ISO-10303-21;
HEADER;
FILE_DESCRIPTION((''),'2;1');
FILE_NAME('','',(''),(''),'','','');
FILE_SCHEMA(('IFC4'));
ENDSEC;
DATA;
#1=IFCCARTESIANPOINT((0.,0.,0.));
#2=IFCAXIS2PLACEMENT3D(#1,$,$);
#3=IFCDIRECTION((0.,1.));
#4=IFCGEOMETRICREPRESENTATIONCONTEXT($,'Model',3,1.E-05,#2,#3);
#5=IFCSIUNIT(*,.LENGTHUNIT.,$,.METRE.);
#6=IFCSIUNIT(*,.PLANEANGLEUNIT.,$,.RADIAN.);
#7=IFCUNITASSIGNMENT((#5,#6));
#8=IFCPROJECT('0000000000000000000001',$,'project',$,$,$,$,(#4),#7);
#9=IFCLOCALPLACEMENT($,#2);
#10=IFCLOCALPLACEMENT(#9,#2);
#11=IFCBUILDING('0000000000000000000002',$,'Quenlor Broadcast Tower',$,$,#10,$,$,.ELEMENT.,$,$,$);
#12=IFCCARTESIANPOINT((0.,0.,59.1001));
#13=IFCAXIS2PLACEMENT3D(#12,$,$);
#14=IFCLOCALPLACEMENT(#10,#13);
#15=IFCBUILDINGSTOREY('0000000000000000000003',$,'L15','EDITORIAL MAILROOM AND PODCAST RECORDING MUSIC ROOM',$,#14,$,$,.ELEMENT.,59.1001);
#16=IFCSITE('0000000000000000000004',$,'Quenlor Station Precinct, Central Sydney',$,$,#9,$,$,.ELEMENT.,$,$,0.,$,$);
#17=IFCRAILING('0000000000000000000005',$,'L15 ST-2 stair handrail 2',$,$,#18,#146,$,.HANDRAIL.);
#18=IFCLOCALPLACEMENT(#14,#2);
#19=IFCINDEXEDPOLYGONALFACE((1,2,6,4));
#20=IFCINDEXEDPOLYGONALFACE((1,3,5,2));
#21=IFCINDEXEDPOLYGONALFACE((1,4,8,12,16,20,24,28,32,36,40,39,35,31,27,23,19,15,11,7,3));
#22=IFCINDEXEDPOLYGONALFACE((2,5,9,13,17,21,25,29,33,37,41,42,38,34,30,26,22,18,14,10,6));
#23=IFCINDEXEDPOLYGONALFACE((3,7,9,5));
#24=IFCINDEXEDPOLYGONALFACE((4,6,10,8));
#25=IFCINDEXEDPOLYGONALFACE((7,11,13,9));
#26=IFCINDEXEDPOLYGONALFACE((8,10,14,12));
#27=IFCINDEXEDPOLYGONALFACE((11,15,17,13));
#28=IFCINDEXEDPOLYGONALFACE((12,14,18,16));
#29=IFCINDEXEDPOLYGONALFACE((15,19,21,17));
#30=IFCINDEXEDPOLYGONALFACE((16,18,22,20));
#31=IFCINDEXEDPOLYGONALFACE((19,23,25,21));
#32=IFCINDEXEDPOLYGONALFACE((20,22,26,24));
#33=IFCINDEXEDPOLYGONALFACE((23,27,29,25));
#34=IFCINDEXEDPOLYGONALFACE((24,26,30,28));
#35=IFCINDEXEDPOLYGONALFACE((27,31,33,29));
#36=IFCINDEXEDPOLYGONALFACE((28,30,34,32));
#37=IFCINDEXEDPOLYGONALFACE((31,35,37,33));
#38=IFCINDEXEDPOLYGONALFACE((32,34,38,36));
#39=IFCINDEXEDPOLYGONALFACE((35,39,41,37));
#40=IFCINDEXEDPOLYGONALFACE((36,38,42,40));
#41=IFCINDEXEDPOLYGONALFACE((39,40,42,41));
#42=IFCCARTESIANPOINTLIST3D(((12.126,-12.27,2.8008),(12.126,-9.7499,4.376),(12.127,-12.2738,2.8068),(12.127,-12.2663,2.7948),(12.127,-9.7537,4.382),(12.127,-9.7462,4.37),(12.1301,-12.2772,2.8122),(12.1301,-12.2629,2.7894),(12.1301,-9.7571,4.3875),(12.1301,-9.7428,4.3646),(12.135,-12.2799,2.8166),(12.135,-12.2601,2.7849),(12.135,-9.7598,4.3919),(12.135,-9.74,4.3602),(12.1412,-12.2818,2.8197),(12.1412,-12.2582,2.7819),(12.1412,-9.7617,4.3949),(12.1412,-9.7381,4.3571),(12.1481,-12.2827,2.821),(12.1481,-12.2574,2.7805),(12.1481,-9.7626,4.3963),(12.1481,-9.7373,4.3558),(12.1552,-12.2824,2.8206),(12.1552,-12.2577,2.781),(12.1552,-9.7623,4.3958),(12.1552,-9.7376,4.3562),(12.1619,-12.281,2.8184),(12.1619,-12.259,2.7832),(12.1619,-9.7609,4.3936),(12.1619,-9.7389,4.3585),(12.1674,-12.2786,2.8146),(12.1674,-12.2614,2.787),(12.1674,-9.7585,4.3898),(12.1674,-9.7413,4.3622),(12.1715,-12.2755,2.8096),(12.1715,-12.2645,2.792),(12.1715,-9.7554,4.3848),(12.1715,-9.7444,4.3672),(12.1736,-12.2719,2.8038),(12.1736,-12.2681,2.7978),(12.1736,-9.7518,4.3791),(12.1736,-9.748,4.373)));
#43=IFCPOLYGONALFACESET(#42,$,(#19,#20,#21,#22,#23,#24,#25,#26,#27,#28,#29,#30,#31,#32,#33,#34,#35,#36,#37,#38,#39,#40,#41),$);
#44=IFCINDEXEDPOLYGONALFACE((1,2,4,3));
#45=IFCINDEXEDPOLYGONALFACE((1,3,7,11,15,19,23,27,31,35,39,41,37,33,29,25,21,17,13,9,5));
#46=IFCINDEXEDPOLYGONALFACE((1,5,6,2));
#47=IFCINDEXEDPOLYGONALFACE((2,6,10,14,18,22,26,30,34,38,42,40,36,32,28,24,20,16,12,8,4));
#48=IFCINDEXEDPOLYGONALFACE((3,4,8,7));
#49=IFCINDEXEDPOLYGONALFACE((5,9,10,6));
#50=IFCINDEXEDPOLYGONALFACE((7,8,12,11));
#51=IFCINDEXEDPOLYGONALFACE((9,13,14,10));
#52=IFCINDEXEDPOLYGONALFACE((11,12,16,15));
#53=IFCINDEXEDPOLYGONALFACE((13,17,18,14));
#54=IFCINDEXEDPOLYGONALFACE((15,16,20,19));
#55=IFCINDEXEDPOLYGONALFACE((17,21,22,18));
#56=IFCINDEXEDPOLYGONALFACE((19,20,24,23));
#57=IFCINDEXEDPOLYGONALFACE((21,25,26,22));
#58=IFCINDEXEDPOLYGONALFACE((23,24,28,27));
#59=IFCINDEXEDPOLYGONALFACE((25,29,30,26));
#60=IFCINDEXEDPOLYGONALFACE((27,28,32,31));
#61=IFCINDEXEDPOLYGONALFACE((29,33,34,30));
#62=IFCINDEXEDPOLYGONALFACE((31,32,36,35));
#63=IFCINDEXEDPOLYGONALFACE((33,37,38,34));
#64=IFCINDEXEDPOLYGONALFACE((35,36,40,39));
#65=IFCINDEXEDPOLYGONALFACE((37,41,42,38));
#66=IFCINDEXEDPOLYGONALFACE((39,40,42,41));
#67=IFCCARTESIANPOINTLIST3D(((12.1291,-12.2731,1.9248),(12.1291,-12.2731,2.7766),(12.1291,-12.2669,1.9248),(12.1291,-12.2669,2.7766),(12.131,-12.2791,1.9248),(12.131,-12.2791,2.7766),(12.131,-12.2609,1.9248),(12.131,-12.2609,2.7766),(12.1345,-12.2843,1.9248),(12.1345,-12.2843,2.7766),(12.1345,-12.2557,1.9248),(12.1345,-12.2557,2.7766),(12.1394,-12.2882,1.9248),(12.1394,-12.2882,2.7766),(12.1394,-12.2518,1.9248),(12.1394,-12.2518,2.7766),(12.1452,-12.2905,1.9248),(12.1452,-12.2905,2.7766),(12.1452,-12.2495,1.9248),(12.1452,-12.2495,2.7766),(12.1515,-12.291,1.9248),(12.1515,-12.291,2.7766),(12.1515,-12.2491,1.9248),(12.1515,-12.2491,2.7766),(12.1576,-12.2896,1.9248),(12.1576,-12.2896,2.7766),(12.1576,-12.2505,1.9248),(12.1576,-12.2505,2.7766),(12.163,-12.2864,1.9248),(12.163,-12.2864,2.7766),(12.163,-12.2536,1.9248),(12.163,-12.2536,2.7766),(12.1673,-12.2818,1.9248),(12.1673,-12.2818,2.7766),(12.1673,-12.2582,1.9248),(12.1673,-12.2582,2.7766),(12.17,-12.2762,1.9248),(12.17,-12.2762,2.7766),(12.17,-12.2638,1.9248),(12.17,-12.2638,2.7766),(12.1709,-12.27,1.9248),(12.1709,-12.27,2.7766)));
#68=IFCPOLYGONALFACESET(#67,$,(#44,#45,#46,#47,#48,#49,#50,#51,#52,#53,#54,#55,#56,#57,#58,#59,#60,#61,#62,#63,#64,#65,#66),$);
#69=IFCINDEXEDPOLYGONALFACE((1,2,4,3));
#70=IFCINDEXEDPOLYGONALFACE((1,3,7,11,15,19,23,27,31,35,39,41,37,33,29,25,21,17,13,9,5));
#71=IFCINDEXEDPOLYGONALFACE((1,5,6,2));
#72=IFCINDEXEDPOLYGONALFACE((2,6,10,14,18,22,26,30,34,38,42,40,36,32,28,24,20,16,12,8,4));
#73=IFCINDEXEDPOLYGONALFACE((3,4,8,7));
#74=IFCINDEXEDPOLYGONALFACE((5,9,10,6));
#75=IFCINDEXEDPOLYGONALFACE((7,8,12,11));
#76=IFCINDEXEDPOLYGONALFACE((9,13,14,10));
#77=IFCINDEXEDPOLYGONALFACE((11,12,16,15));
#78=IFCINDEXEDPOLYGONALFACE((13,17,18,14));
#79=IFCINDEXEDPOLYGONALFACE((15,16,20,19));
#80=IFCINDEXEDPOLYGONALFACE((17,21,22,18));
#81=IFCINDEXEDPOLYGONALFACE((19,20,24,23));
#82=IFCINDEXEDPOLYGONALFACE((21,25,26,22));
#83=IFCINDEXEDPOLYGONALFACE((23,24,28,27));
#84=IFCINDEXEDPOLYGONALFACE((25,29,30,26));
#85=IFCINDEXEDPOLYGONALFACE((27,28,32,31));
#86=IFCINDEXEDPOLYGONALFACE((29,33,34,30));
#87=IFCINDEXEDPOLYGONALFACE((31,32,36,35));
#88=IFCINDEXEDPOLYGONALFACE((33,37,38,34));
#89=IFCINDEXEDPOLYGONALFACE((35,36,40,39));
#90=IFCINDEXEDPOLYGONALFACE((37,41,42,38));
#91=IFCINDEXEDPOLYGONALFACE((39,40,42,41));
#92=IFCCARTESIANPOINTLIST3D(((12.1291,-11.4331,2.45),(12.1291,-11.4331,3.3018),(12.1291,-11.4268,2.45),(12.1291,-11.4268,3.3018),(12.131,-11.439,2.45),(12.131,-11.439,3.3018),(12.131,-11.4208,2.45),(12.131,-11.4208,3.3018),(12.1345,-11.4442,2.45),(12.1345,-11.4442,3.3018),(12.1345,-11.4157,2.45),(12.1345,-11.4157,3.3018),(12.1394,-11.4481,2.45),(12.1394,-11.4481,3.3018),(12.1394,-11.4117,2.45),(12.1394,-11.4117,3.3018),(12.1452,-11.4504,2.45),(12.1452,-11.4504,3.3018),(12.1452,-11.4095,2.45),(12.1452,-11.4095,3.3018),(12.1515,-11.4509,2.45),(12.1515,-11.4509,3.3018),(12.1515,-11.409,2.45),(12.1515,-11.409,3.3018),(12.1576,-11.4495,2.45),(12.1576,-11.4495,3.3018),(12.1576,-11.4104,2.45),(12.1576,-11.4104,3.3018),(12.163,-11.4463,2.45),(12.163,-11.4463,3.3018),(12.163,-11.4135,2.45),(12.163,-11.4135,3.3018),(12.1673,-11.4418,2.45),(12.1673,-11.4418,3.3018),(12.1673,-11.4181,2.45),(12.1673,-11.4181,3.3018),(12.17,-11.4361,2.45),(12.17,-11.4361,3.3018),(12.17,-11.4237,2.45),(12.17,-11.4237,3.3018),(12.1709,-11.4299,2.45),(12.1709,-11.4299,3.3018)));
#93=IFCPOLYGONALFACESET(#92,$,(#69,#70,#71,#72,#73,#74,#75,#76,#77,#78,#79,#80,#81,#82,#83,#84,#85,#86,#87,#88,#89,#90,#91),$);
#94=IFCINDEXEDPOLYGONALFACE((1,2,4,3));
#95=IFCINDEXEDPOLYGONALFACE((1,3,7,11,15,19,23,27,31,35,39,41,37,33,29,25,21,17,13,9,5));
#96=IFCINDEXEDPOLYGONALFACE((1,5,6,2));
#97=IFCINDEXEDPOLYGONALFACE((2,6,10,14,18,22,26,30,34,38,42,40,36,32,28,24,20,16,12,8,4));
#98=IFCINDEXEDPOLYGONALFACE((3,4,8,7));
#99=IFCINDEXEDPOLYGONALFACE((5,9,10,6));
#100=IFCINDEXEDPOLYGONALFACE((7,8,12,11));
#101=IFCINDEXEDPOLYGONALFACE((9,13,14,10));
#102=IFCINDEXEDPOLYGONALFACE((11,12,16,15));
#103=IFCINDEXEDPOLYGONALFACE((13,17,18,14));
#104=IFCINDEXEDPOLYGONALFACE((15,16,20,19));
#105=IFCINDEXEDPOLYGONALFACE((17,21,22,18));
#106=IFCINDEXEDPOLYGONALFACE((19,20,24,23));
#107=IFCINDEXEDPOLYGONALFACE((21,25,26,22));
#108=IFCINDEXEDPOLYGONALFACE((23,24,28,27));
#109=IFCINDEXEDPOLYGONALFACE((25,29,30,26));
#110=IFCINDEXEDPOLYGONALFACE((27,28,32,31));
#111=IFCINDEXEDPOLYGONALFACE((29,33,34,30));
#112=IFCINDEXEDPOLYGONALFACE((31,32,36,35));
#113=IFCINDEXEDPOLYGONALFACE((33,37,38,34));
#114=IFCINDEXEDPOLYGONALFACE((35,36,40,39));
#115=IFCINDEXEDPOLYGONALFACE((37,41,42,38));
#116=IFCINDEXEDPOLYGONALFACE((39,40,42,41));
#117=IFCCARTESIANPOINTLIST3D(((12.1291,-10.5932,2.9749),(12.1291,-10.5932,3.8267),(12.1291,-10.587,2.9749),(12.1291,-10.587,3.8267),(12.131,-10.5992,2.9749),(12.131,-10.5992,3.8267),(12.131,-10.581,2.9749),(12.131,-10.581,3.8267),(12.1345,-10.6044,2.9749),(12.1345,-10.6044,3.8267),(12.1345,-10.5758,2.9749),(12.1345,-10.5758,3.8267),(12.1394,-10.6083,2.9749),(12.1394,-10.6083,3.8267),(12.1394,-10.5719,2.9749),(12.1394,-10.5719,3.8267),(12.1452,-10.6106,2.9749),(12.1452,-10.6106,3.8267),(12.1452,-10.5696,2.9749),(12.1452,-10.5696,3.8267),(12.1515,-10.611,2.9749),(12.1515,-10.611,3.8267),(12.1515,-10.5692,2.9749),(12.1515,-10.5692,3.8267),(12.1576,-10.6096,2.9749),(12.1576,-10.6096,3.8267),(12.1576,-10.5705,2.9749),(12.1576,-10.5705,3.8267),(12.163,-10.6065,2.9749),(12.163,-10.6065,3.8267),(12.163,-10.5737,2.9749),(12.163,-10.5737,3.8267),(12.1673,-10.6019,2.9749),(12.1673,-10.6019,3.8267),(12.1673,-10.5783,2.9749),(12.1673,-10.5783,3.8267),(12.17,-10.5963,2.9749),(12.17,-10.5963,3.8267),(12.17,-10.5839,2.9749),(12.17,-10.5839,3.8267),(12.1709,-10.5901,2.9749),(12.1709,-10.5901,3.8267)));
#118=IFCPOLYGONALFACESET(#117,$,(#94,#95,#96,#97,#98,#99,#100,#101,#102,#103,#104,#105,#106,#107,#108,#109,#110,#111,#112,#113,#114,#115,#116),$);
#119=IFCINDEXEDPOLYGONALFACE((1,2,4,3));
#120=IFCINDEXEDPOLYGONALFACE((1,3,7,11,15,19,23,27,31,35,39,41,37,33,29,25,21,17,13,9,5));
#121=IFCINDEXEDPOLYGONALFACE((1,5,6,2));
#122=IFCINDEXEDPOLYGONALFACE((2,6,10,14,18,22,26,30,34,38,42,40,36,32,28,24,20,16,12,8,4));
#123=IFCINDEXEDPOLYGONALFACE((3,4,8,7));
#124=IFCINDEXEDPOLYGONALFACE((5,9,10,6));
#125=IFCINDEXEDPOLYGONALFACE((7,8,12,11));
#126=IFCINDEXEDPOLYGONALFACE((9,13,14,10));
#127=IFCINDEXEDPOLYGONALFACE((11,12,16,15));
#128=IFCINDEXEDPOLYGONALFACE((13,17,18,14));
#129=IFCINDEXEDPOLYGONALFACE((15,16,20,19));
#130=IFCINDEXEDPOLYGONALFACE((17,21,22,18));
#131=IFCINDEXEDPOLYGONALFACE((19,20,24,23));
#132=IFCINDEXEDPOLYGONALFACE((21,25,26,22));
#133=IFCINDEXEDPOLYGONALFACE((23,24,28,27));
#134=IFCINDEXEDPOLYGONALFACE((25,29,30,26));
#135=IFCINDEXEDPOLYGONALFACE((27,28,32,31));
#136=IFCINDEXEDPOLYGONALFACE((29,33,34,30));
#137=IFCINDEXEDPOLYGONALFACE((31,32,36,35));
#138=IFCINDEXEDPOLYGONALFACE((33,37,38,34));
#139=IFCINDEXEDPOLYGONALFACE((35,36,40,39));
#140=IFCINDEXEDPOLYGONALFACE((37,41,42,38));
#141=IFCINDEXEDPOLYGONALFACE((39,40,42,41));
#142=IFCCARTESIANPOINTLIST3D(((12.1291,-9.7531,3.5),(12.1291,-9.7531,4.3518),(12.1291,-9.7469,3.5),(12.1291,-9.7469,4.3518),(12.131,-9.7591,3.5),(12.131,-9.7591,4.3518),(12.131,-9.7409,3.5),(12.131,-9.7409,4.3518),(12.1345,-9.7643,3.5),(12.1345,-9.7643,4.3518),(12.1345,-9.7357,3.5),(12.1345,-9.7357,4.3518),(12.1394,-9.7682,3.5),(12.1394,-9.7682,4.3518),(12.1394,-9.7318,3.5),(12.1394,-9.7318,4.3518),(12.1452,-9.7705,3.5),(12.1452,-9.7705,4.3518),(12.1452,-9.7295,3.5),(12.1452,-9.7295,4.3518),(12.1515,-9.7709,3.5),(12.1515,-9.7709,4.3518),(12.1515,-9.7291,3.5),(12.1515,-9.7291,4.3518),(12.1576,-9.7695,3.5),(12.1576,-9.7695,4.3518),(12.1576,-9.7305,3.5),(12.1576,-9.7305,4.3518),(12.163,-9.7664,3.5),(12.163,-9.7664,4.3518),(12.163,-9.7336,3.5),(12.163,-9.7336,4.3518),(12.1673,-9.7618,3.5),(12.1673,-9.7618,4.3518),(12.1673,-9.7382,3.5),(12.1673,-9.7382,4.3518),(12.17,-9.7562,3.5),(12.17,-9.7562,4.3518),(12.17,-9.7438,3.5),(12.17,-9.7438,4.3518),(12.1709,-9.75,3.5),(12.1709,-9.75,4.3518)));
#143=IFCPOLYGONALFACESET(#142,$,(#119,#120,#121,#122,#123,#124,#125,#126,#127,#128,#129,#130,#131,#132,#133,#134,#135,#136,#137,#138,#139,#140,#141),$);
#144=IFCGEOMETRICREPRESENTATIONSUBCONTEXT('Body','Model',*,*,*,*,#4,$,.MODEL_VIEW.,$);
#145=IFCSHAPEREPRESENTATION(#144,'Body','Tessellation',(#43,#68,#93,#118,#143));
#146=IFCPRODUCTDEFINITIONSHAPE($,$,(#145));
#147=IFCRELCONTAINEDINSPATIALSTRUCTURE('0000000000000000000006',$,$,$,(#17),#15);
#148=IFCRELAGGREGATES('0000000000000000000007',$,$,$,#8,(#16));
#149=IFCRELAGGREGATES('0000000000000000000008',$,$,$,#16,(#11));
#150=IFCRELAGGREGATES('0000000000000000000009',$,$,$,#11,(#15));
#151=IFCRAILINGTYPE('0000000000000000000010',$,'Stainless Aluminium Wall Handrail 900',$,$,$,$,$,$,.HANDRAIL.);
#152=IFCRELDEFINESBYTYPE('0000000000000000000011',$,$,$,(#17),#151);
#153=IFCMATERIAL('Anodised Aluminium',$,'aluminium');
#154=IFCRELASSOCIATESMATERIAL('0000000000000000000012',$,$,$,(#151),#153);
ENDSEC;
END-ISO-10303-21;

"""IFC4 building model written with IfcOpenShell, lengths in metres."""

from ifc_helpers import new_model, si_unit, direction, frame, origin, origin_2d, place, context, subcontext, project, spatial, circle, extrude, material, type_object, element, save


model = new_model("IFC4")

# Units and contexts
model_context = context("Model", 3, precision=1e-05, world=origin(), true_north=direction((0.0, 1.0)))
body_context = subcontext(model_context, "Body", "Model", "MODEL_VIEW")
ifc_project = project(units=[si_unit("LENGTHUNIT", "METRE"), si_unit("PLANEANGLEUNIT", "RADIAN")], contexts=[model_context])

# Site, building, storey
site_placement = place(None, origin())
site = spatial("IfcSite", under=ifc_project, at=site_placement, Name="Quenlor Station Precinct, Central Sydney", CompositionType="ELEMENT", RefElevation=0.0)
building_placement = place(site_placement, origin())
building = spatial("IfcBuilding", under=site, at=building_placement, Name="Quenlor Broadcast Tower", CompositionType="ELEMENT")
storey_placement = place(building_placement, frame((0.0, 0.0, 59.1001)))
storey = spatial("IfcBuildingStorey", under=building, at=storey_placement, Name="L15", Description="EDITORIAL MAILROOM AND PODCAST RECORDING MUSIC ROOM", CompositionType="ELEMENT", Elevation=59.1001)

# Railing
ifc_material_1 = material(Name="Anodised Aluminium", Category="aluminium")
railing_type = type_object("IfcRailingType", Name="Stainless Aluminium Wall Handrail 900", PredefinedType="HANDRAIL", material=ifc_material_1)
railing_placement = place(storey_placement, frame((12.1499, -12.27, 1.9248)))
element("IfcRailing", 1, at=railing_placement, inside=storey, type_object=railing_type, Name="L15 ST-2 stair handrail 2", PredefinedType="HANDRAIL", context=body_context, shape_type="SweptSolid", body=[
    extrude(circle(Radius=0.0239, at=origin_2d()), frame((0.0, 0.0, 0.876), z_axis=(0.0, 0.847971, 0.530043), x_axis=(-1.0, 0.0, 0.0)), (0.0, 0.0, 1.0), 2.9719),
    extrude(circle(Radius=0.021, at=origin_2d()), origin(), (0.0, 0.0, 1.0), 0.8518),
    extrude(circle(Radius=0.021, at=origin_2d()), frame((0.0, 0.8401, 0.5251)), (0.0, 0.0, 1.0), 0.8518),
    extrude(circle(Radius=0.021, at=origin_2d()), frame((0.0, 1.6799, 1.05)), (0.0, 0.0, 1.0), 0.8518),
    extrude(circle(Radius=0.021, at=origin_2d()), frame((0.0, 2.52, 1.5752)), (0.0, 0.0, 1.0), 0.8518),
])

save(model, "model.ifc")
